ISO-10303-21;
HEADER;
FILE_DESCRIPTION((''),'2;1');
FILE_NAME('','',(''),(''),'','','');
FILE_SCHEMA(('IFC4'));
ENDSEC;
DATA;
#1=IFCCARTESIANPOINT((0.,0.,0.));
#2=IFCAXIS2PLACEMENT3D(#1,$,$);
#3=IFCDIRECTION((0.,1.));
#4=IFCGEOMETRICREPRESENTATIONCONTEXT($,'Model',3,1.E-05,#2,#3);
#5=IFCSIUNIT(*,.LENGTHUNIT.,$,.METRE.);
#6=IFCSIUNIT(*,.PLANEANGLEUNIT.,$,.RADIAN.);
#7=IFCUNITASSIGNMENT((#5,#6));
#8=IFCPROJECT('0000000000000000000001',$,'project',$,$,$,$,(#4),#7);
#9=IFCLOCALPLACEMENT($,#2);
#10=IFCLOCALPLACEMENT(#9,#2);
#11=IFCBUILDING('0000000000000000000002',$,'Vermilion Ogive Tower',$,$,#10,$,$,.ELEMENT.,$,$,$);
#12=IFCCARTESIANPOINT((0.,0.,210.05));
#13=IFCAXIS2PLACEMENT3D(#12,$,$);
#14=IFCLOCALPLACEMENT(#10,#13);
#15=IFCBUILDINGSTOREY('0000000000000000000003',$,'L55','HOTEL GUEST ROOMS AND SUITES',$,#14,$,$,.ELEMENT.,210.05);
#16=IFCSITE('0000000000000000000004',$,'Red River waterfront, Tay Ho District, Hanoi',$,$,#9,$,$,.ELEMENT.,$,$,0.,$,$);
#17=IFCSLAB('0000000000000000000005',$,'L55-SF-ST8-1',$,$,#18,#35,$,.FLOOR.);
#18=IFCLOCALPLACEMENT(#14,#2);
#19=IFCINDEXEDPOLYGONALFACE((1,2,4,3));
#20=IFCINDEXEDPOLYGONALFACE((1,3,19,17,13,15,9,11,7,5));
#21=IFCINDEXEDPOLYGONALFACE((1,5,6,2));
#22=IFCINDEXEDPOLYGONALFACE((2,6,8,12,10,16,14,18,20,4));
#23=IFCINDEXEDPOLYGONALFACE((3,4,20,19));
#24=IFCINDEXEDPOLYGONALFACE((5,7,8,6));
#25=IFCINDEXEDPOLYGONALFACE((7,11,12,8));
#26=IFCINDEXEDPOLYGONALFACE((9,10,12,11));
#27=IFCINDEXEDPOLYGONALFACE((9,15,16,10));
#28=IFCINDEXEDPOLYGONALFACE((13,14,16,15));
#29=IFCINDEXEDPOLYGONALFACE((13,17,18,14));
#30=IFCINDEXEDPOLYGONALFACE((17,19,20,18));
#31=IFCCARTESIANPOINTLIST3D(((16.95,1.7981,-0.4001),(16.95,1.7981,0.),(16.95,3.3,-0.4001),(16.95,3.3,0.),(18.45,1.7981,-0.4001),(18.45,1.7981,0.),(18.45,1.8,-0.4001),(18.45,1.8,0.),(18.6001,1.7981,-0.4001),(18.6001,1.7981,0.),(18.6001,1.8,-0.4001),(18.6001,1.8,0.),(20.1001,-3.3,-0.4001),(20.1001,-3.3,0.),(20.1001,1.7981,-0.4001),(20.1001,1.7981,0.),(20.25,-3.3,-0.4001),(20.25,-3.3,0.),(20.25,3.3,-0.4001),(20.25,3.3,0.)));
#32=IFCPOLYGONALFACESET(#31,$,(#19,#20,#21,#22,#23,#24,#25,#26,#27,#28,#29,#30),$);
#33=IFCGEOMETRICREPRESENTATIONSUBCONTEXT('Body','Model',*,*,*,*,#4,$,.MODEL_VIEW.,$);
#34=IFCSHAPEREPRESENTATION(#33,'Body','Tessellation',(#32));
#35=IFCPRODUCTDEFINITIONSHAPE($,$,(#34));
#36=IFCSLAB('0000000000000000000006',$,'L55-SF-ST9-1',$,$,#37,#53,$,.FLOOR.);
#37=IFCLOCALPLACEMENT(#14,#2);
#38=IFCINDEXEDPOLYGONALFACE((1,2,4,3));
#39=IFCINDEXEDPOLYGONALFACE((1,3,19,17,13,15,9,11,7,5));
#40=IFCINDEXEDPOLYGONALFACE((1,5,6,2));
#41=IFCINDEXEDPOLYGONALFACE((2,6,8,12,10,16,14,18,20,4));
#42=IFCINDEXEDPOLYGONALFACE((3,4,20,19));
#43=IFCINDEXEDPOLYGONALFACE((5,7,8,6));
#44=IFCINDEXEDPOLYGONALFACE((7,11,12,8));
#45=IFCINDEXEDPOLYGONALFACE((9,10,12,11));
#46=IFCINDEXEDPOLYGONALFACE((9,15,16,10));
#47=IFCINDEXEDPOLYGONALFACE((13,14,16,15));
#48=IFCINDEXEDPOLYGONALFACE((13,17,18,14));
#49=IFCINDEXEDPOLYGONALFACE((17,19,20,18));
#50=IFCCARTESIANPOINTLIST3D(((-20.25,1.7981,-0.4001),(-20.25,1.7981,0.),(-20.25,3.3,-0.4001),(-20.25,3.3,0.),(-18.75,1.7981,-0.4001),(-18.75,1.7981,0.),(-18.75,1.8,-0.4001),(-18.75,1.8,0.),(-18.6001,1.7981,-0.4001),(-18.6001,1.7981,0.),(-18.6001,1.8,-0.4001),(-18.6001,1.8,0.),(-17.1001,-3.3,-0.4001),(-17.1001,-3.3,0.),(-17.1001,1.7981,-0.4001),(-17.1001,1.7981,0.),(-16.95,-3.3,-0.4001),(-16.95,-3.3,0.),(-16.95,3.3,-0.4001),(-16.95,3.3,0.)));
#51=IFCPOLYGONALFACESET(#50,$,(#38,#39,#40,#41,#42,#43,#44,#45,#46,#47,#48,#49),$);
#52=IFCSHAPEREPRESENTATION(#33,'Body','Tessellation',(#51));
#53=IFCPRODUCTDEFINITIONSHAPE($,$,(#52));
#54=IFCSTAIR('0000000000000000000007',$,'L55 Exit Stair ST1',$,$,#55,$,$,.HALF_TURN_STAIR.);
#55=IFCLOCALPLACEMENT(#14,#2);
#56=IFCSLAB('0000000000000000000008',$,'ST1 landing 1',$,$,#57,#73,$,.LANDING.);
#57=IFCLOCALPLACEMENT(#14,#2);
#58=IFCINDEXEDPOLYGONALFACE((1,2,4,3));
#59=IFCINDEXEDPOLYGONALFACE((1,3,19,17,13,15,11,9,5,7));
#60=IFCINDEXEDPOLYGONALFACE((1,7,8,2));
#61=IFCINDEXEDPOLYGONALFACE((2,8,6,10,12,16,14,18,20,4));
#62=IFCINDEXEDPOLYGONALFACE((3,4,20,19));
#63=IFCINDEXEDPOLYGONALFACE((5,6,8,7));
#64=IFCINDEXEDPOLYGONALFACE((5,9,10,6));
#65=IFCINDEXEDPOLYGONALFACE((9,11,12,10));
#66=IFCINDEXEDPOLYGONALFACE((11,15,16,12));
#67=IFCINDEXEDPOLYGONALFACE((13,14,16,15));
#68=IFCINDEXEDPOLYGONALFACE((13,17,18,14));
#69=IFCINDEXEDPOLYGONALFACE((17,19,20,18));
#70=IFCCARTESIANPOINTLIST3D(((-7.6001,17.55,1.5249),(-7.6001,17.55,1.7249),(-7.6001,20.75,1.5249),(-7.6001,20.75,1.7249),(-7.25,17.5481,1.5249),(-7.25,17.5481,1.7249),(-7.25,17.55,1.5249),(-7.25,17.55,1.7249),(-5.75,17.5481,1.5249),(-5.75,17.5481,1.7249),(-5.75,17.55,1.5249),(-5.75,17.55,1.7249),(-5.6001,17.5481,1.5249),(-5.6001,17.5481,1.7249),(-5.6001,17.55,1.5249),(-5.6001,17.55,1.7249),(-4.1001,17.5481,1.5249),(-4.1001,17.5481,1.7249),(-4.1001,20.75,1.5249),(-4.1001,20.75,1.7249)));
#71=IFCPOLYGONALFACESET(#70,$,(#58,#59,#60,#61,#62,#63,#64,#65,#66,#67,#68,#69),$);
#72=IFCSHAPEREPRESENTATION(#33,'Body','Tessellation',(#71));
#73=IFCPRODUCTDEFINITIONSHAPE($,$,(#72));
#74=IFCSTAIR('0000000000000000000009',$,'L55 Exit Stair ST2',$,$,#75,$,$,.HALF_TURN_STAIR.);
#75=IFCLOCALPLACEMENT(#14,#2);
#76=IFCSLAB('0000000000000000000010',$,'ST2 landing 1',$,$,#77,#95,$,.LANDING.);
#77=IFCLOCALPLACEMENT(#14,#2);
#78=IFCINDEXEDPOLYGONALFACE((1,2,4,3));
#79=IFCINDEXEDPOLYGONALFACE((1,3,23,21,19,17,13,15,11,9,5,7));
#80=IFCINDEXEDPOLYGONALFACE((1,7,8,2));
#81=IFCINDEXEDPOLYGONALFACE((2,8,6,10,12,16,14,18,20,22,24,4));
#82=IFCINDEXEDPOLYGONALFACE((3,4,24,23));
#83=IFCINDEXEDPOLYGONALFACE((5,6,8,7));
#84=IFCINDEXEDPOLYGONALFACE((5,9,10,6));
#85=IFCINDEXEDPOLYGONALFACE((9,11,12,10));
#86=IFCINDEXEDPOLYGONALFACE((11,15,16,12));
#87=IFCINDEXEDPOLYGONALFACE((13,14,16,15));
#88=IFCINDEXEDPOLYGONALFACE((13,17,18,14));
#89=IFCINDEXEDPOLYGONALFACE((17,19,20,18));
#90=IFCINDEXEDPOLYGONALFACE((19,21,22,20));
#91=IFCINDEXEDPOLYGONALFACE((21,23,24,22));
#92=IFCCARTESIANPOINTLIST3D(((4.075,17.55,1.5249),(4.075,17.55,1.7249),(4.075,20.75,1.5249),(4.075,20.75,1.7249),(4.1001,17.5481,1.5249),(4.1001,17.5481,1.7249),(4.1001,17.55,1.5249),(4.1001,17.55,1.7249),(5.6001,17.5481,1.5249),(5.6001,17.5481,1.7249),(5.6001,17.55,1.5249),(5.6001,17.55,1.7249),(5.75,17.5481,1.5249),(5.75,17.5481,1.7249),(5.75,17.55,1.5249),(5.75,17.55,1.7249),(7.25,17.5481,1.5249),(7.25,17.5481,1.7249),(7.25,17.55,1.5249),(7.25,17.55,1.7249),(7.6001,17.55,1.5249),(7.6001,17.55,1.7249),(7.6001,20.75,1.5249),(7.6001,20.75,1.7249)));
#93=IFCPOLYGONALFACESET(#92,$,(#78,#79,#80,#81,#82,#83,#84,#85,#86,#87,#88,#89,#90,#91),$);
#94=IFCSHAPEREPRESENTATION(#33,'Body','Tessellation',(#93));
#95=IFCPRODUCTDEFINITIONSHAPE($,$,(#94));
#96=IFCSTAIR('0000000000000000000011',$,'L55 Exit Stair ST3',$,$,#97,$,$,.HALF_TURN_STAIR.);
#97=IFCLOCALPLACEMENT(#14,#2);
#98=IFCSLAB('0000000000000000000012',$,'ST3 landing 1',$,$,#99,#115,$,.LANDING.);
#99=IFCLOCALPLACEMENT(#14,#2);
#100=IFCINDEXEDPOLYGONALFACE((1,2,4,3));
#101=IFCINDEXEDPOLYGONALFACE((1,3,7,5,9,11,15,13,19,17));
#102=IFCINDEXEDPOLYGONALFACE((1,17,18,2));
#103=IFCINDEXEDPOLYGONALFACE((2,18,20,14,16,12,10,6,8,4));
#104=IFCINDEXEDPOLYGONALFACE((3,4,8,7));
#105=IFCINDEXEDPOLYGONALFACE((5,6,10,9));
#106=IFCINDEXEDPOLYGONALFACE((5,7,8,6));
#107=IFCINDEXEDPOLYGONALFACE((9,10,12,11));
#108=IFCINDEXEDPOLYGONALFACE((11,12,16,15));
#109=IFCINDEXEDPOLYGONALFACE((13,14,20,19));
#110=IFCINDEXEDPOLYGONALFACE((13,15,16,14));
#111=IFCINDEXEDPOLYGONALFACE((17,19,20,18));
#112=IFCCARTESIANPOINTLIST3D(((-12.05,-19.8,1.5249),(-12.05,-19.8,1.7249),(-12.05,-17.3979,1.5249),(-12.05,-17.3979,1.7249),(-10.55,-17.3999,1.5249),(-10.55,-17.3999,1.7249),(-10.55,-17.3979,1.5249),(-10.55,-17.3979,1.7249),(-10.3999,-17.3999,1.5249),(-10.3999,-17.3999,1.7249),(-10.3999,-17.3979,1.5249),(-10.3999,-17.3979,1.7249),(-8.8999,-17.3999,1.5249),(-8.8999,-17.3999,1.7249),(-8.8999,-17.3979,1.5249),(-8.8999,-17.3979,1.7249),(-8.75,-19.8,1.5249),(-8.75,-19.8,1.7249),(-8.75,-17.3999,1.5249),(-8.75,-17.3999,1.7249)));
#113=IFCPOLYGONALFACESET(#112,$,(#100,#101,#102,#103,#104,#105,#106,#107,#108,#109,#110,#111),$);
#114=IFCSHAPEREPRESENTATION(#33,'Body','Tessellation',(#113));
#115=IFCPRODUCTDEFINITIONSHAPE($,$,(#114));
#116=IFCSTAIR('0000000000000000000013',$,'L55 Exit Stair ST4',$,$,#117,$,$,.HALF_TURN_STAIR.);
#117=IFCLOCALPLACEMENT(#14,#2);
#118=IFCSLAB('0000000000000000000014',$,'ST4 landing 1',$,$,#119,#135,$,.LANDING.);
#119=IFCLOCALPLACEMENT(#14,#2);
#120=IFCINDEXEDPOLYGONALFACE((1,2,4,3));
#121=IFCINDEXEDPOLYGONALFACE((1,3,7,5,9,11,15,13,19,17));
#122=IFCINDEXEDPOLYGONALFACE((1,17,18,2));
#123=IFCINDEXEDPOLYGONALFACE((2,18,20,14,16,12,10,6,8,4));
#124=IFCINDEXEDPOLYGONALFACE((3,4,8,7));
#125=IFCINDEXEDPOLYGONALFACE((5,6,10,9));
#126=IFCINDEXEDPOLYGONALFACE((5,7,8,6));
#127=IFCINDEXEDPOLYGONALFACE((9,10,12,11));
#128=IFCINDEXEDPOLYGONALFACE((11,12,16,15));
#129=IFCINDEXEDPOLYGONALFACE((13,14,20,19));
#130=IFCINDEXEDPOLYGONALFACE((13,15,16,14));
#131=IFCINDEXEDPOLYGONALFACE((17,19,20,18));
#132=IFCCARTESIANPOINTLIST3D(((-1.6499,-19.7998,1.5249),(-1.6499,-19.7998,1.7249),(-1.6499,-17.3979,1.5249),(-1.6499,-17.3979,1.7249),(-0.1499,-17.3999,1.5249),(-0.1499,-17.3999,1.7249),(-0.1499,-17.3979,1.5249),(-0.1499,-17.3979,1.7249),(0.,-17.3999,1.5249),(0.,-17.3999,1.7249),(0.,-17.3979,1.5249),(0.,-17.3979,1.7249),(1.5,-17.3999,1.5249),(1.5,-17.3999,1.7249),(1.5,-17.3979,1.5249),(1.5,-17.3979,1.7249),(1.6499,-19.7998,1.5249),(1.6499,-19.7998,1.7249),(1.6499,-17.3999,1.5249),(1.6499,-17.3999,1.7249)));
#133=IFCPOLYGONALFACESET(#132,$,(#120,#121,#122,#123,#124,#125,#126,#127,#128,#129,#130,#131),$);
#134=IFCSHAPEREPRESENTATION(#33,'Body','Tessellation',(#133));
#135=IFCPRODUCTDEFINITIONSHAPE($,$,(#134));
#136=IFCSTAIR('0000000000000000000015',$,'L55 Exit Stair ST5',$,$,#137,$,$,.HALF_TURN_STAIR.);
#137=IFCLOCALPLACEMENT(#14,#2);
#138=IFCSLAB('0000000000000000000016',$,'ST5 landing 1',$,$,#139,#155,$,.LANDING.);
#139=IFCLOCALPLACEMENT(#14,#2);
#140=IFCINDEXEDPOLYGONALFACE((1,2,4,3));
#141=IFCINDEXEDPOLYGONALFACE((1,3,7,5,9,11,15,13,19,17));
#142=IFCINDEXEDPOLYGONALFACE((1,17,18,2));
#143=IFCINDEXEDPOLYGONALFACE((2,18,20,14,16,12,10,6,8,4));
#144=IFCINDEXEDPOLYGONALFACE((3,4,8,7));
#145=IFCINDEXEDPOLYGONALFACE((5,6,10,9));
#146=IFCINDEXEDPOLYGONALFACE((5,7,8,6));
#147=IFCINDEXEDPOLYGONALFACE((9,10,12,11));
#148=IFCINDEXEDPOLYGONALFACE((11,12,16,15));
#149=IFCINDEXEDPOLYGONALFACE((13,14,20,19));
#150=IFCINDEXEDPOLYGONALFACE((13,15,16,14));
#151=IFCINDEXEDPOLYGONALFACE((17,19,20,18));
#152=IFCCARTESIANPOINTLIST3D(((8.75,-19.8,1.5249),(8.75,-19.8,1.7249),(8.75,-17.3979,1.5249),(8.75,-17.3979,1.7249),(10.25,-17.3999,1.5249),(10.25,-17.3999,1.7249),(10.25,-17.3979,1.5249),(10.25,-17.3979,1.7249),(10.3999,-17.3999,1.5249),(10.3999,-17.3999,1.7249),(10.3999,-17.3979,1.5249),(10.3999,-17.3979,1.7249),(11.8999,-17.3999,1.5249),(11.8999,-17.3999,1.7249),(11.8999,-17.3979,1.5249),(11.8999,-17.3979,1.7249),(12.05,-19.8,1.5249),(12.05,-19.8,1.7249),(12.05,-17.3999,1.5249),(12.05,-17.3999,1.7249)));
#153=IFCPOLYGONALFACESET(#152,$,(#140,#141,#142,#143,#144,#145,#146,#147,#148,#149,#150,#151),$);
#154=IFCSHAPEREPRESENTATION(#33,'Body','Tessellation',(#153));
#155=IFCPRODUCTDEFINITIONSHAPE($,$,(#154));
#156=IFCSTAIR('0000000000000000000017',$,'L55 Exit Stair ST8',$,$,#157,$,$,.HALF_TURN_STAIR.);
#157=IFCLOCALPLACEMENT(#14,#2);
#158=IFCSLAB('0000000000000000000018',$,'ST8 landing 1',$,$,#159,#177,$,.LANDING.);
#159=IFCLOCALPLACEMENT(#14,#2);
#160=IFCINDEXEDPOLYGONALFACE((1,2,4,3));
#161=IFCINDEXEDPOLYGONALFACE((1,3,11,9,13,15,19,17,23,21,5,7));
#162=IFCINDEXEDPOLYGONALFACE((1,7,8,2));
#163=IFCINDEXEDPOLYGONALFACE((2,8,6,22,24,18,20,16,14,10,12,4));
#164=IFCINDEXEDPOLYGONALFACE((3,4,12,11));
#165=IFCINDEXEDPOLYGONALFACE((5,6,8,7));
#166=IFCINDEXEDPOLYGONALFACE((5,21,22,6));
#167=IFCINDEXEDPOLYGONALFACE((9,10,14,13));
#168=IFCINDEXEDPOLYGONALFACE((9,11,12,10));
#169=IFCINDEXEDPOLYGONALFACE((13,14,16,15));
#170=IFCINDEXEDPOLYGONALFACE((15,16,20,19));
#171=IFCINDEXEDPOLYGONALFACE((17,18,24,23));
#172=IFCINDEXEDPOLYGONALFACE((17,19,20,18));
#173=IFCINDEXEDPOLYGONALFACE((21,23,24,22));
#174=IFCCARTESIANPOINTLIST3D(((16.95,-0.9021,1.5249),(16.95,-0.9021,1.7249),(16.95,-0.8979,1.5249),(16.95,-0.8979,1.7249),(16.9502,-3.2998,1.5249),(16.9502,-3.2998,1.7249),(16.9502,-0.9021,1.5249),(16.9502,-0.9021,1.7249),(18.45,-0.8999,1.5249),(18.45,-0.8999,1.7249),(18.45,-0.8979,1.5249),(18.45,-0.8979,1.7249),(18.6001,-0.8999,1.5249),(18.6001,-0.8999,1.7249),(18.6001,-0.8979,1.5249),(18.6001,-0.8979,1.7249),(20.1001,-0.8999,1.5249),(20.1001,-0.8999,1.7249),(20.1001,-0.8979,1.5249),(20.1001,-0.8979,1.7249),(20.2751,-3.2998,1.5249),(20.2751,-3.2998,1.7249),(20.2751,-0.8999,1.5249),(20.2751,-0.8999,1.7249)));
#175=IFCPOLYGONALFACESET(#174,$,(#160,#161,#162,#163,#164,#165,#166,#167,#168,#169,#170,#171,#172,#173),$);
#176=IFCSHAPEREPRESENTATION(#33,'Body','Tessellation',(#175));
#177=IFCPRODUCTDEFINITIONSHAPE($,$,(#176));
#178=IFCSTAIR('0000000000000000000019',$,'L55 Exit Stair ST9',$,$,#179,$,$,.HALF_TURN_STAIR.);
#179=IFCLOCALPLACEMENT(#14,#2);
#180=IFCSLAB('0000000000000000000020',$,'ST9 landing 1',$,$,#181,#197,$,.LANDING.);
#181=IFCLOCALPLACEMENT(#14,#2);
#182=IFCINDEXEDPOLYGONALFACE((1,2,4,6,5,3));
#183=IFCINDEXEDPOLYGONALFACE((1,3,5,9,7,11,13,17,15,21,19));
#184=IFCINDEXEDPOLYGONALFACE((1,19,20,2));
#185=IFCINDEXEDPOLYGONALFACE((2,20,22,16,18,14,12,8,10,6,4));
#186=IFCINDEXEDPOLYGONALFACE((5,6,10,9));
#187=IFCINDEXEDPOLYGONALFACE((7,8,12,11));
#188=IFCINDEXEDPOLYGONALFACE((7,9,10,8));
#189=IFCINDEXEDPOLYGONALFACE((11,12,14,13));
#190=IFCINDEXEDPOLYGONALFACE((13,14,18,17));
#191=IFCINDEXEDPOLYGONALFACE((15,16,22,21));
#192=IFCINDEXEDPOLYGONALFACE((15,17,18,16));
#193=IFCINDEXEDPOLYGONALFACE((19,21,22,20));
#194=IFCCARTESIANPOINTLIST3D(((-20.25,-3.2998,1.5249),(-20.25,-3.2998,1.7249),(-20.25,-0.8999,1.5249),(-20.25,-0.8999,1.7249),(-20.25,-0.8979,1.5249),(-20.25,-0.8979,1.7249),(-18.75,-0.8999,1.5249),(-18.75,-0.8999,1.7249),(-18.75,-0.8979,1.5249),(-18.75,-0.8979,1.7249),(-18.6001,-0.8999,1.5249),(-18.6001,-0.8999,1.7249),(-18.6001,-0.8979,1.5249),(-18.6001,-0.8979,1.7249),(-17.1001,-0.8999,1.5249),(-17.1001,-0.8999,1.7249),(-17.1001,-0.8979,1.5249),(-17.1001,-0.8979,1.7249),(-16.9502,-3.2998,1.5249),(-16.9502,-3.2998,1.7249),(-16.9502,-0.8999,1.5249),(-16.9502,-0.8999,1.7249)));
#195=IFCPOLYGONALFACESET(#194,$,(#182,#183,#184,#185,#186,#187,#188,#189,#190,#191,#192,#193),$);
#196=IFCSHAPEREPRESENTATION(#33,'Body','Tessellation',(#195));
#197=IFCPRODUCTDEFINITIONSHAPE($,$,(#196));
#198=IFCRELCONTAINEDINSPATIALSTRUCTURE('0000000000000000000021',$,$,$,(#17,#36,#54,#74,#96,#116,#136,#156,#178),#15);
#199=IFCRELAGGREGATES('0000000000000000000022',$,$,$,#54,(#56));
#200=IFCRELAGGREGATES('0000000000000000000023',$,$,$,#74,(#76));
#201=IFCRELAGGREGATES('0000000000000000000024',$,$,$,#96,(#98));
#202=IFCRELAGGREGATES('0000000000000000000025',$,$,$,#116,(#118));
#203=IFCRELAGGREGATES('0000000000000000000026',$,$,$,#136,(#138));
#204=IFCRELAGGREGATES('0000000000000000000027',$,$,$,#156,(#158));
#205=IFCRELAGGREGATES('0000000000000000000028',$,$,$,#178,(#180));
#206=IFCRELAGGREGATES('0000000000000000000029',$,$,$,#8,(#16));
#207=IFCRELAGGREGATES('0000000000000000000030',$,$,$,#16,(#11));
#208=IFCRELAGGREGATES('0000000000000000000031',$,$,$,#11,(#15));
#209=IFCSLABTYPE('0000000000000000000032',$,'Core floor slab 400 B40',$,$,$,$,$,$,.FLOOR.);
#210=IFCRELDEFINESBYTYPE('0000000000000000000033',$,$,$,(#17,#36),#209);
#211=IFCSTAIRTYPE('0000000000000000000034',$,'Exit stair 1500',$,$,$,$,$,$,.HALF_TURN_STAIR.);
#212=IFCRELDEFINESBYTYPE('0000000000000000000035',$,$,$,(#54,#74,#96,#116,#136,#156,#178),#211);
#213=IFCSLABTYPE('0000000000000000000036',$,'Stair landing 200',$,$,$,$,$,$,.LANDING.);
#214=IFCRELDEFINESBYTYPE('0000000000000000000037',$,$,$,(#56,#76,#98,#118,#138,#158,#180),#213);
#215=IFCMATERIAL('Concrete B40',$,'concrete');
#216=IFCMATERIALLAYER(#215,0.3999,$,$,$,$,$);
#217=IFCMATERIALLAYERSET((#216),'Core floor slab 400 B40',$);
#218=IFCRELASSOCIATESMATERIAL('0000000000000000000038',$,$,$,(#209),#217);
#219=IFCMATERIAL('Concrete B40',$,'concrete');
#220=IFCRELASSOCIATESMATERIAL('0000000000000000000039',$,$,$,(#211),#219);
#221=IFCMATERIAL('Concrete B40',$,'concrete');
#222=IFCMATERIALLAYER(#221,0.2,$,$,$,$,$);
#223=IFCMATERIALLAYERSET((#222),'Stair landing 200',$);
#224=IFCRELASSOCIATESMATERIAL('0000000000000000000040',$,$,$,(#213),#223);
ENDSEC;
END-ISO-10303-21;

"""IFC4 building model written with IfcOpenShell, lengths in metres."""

from ifc_helpers import new_model, si_unit, direction, frame, origin, place, context, subcontext, project, spatial, polyline, outline, extrude, material, layer, layer_set, type_object, element, aggregate, save


model = new_model("IFC4")

# Units and contexts
model_context = context("Model", 3, precision=1e-05, world=origin(), true_north=direction((0.0, 1.0)))
body_context = subcontext(model_context, "Body", "Model", "MODEL_VIEW")
ifc_project = project(units=[si_unit("LENGTHUNIT", "METRE"), si_unit("PLANEANGLEUNIT", "RADIAN")], contexts=[model_context])

# Site, building, storey
site_placement = place(None, origin())
site = spatial("IfcSite", under=ifc_project, at=site_placement, Name="Red River waterfront, Tay Ho District, Hanoi", CompositionType="ELEMENT", RefElevation=0.0)
building_placement = place(site_placement, origin())
building = spatial("IfcBuilding", under=site, at=building_placement, Name="Vermilion Ogive Tower", CompositionType="ELEMENT")
storey_placement = place(building_placement, frame((0.0, 0.0, 210.05)))
storey = spatial("IfcBuildingStorey", under=building, at=storey_placement, Name="L55", Description="HOTEL GUEST ROOMS AND SUITES", CompositionType="ELEMENT", Elevation=210.05)

# Slabs
ifc_material_1 = material(Name="Concrete B40", Category="concrete")
ifc_layer_1 = layer(ifc_material_1, 0.3999)
ifc_layer_set_1 = layer_set([ifc_layer_1], Name="Core floor slab 400 B40")
slab_type_1 = type_object("IfcSlabType", Name="Core floor slab 400 B40", PredefinedType="FLOOR", material=ifc_layer_set_1)
slab_1_placement = place(storey_placement, frame((0.0, 0.0, -0.4001)))
element("IfcSlab", 1, at=slab_1_placement, inside=storey, type_object=slab_type_1, Name="L55-SF-ST8-1", PredefinedType="FLOOR", context=body_context, shape_type="SweptSolid", body=[
    extrude(outline(polyline([(16.95, 3.3), (16.95, 1.7981), (18.45, 1.7981), (18.45, 1.8), (18.6001, 1.8), (18.6001, 1.7981), (20.1001, 1.7981), (20.1001, -3.3), (20.25, -3.3), (20.25, 3.3), (16.95, 3.3)])), origin(), (0.0, 0.0, 1.0), 0.4001),
])
slab_2_placement = place(storey_placement, frame((0.0, 0.0, -0.4001)))
element("IfcSlab", 2, at=slab_2_placement, inside=storey, type_object=slab_type_1, Name="L55-SF-ST9-1", PredefinedType="FLOOR", context=body_context, shape_type="SweptSolid", body=[
    extrude(outline(polyline([(-20.25, 3.3), (-20.25, 1.7981), (-18.75, 1.7981), (-18.75, 1.8), (-18.6001, 1.8), (-18.6001, 1.7981), (-17.1001, 1.7981), (-17.1001, -3.3), (-16.95, -3.3), (-16.95, 3.3), (-20.25, 3.3)])), origin(), (0.0, 0.0, 1.0), 0.4001),
])

# Stairs, slabs
ifc_material_2 = material(Name="Concrete B40", Category="concrete")
stair_type = type_object("IfcStairType", Name="Exit stair 1500", PredefinedType="HALF_TURN_STAIR", material=ifc_material_2)
stair_1_placement = place(storey_placement, origin())
stair_1 = element("IfcStair", 3, at=stair_1_placement, inside=storey, type_object=stair_type, Name="L55 Exit Stair ST1", PredefinedType="HALF_TURN_STAIR")
ifc_material_3 = material(Name="Concrete B40", Category="concrete")
ifc_layer_2 = layer(ifc_material_3, 0.2)
ifc_layer_set_2 = layer_set([ifc_layer_2], Name="Stair landing 200")
slab_type_2 = type_object("IfcSlabType", Name="Stair landing 200", PredefinedType="LANDING", material=ifc_layer_set_2)
slab_3_placement = place(storey_placement, frame((0.0, 0.0, 1.5249)))
slab_3 = element("IfcSlab", 4, at=slab_3_placement, type_object=slab_type_2, Name="ST1 landing 1", PredefinedType="LANDING", context=body_context, shape_type="SweptSolid", body=[
    extrude(outline(polyline([(-7.6001, 17.55), (-7.25, 17.55), (-7.25, 17.5481), (-5.75, 17.5481), (-5.75, 17.55), (-5.6001, 17.55), (-5.6001, 17.5481), (-4.1001, 17.5481), (-4.1001, 20.75), (-7.6001, 20.75), (-7.6001, 17.55)])), origin(), (0.0, 0.0, 1.0), 0.2),
])
aggregate(stair_1, [slab_3])
stair_2_placement = place(storey_placement, origin())
stair_2 = element("IfcStair", 5, at=stair_2_placement, inside=storey, type_object=stair_type, Name="L55 Exit Stair ST2", PredefinedType="HALF_TURN_STAIR")
slab_4_placement = place(storey_placement, frame((0.0, 0.0, 1.5249)))
slab_4 = element("IfcSlab", 6, at=slab_4_placement, type_object=slab_type_2, Name="ST2 landing 1", PredefinedType="LANDING", context=body_context, shape_type="SweptSolid", body=[
    extrude(outline(polyline([(5.6001, 17.55), (5.75, 17.55), (5.75, 17.5481), (7.25, 17.5481), (7.25, 17.55), (7.6001, 17.55), (7.6001, 20.75), (4.075, 20.75), (4.075, 17.55), (4.1001, 17.55), (4.1001, 17.5481), (5.6001, 17.5481), (5.6001, 17.55)])), origin(), (0.0, 0.0, 1.0), 0.2),
])
aggregate(stair_2, [slab_4])
stair_3_placement = place(storey_placement, origin())
stair_3 = element("IfcStair", 7, at=stair_3_placement, inside=storey, type_object=stair_type, Name="L55 Exit Stair ST3", PredefinedType="HALF_TURN_STAIR")
slab_5_placement = place(storey_placement, frame((0.0, 0.0, 1.5249)))
slab_5 = element("IfcSlab", 8, at=slab_5_placement, type_object=slab_type_2, Name="ST3 landing 1", PredefinedType="LANDING", context=body_context, shape_type="SweptSolid", body=[
    extrude(outline(polyline([(-8.75, -17.3999), (-8.8999, -17.3999), (-8.8999, -17.3979), (-10.3999, -17.3979), (-10.3999, -17.3999), (-10.55, -17.3999), (-10.55, -17.3979), (-12.05, -17.3979), (-12.05, -19.8), (-8.75, -19.8), (-8.75, -17.3999)])), origin(), (0.0, 0.0, 1.0), 0.2),
])
aggregate(stair_3, [slab_5])
stair_4_placement = place(storey_placement, origin())
stair_4 = element("IfcStair", 9, at=stair_4_placement, inside=storey, type_object=stair_type, Name="L55 Exit Stair ST4", PredefinedType="HALF_TURN_STAIR")
slab_6_placement = place(storey_placement, frame((0.0, 0.0, 1.5249)))
slab_6 = element("IfcSlab", 10, at=slab_6_placement, type_object=slab_type_2, Name="ST4 landing 1", PredefinedType="LANDING", context=body_context, shape_type="SweptSolid", body=[
    extrude(outline(polyline([(1.6499, -17.3999), (1.5, -17.3999), (1.5, -17.3979), (0.0, -17.3979), (0.0, -17.3999), (-0.1499, -17.3999), (-0.1499, -17.3979), (-1.6499, -17.3979), (-1.6499, -19.7998), (1.6499, -19.7998), (1.6499, -17.3999)])), origin(), (0.0, 0.0, 1.0), 0.2),
])
aggregate(stair_4, [slab_6])
stair_5_placement = place(storey_placement, origin())
stair_5 = element("IfcStair", 11, at=stair_5_placement, inside=storey, type_object=stair_type, Name="L55 Exit Stair ST5", PredefinedType="HALF_TURN_STAIR")
slab_7_placement = place(storey_placement, frame((0.0, 0.0, 1.5249)))
slab_7 = element("IfcSlab", 12, at=slab_7_placement, type_object=slab_type_2, Name="ST5 landing 1", PredefinedType="LANDING", context=body_context, shape_type="SweptSolid", body=[
    extrude(outline(polyline([(12.05, -17.3999), (11.8999, -17.3999), (11.8999, -17.3979), (10.3999, -17.3979), (10.3999, -17.3999), (10.25, -17.3999), (10.25, -17.3979), (8.75, -17.3979), (8.75, -19.8), (12.05, -19.8), (12.05, -17.3999)])), origin(), (0.0, 0.0, 1.0), 0.2),
])
aggregate(stair_5, [slab_7])
stair_6_placement = place(storey_placement, origin())
stair_6 = element("IfcStair", 13, at=stair_6_placement, inside=storey, type_object=stair_type, Name="L55 Exit Stair ST8", PredefinedType="HALF_TURN_STAIR")
slab_8_placement = place(storey_placement, frame((0.0, 0.0, 1.5249)))
slab_8 = element("IfcSlab", 14, at=slab_8_placement, type_object=slab_type_2, Name="ST8 landing 1", PredefinedType="LANDING", context=body_context, shape_type="SweptSolid", body=[
    extrude(outline(polyline([(20.2751, -0.8999), (20.1001, -0.8999), (20.1001, -0.8979), (18.6001, -0.8979), (18.6001, -0.8999), (18.45, -0.8999), (18.45, -0.8979), (16.95, -0.8979), (16.95, -0.9021), (16.9502, -0.9021), (16.9502, -3.2998), (20.2751, -3.2998), (20.2751, -0.8999)])), origin(), (0.0, 0.0, 1.0), 0.2),
])
aggregate(stair_6, [slab_8])
stair_7_placement = place(storey_placement, origin())
stair_7 = element("IfcStair", 15, at=stair_7_placement, inside=storey, type_object=stair_type, Name="L55 Exit Stair ST9", PredefinedType="HALF_TURN_STAIR")
slab_9_placement = place(storey_placement, frame((0.0, 0.0, 1.5249)))
slab_9 = element("IfcSlab", 16, at=slab_9_placement, type_object=slab_type_2, Name="ST9 landing 1", PredefinedType="LANDING", context=body_context, shape_type="SweptSolid", body=[
    extrude(outline(polyline([(-16.9502, -0.8999), (-17.1001, -0.8999), (-17.1001, -0.8979), (-18.6001, -0.8979), (-18.6001, -0.8999), (-18.75, -0.8999), (-18.75, -0.8979), (-20.25, -0.8979), (-20.25, -0.8999), (-20.25, -0.8999), (-20.25, -3.2998), (-16.9502, -3.2998), (-16.9502, -0.8999)])), origin(), (0.0, 0.0, 1.0), 0.2),
])
aggregate(stair_7, [slab_9])

save(model, "model.ifc")
